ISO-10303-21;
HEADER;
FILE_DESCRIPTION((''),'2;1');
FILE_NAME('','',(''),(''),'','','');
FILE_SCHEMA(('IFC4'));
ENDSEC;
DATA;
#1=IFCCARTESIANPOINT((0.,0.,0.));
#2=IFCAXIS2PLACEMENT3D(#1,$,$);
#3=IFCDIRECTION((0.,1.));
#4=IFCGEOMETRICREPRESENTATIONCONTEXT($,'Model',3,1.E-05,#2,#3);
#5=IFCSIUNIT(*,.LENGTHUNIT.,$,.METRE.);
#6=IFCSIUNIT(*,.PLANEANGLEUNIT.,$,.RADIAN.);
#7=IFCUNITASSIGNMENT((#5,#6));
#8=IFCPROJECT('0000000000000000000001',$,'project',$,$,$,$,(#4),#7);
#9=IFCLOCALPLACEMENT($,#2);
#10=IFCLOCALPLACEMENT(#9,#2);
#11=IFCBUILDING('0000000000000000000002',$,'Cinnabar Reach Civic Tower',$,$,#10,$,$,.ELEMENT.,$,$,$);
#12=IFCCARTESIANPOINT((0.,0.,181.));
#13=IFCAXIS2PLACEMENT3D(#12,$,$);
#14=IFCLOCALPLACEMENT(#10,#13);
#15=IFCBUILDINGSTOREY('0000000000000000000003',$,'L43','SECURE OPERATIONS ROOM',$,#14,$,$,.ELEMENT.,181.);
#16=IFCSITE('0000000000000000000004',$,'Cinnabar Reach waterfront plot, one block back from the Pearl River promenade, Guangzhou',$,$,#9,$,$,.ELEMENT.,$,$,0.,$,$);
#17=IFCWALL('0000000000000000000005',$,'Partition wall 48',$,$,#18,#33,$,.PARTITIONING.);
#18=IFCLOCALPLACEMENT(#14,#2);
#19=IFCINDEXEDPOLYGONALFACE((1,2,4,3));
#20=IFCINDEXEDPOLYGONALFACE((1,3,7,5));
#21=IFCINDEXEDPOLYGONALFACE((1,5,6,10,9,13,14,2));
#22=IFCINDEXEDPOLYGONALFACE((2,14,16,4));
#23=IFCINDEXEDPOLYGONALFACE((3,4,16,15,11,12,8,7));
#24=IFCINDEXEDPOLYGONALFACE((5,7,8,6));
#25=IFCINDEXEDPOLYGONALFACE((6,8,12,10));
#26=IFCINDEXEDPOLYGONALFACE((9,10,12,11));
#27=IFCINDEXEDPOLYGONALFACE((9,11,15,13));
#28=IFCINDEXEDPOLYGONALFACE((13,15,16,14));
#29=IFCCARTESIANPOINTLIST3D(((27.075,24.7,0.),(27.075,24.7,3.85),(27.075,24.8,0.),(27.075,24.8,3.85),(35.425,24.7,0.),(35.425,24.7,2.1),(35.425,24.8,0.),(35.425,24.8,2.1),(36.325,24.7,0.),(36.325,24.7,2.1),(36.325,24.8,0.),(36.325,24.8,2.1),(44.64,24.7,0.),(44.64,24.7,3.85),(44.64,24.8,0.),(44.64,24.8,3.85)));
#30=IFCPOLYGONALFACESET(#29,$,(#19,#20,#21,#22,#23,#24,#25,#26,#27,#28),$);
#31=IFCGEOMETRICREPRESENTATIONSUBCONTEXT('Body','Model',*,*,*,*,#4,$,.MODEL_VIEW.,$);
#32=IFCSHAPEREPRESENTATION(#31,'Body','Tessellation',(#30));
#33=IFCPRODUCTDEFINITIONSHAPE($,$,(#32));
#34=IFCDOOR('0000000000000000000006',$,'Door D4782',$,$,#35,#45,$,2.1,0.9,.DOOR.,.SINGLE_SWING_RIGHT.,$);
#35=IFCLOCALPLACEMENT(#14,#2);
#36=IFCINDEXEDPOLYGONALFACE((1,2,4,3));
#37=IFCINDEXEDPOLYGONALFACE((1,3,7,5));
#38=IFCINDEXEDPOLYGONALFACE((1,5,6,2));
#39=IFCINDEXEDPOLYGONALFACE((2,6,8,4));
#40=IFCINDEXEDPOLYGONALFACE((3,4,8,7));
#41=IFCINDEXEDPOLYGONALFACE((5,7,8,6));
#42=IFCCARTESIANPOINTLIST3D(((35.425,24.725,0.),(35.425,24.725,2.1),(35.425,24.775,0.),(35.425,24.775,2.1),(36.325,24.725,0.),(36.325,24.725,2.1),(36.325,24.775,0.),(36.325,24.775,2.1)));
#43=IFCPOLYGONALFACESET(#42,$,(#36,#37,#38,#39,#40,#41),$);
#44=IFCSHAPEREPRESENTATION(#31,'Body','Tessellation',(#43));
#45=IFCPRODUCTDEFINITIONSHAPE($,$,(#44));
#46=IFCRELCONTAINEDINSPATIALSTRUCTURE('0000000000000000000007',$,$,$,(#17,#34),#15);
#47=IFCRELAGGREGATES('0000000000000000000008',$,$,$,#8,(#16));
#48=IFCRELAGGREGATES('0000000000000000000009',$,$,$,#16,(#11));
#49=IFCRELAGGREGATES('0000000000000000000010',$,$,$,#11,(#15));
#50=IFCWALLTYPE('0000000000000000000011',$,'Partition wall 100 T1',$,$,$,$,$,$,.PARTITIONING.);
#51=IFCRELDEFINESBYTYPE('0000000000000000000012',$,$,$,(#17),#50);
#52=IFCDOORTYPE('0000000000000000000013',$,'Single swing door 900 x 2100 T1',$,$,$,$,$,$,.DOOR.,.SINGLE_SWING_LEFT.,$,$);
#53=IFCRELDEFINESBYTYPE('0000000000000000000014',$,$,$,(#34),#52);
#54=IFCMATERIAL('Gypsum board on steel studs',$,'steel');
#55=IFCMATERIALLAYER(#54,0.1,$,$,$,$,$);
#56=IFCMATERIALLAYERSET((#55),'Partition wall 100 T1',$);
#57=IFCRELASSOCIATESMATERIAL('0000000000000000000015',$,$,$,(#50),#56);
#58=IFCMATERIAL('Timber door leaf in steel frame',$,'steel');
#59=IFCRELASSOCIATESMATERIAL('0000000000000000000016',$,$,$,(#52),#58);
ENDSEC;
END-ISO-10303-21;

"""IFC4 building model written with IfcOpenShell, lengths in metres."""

from ifc_helpers import new_model, si_unit, direction, frame, frame_2d, origin, place, context, subcontext, project, spatial, rectangle, extrude, material, layer, layer_set, type_object, element, fill, save


model = new_model("IFC4")

# Units and contexts
model_context = context("Model", 3, precision=1e-05, world=origin(), true_north=direction((0.0, 1.0)))
body_context = subcontext(model_context, "Body", "Model", "MODEL_VIEW")
ifc_project = project(units=[si_unit("LENGTHUNIT", "METRE"), si_unit("PLANEANGLEUNIT", "RADIAN")], contexts=[model_context])

# Site, building, storey
site_placement = place(None, origin())
site = spatial("IfcSite", under=ifc_project, at=site_placement, Name="Cinnabar Reach waterfront plot, one block back from the Pearl River promenade, Guangzhou", CompositionType="ELEMENT", RefElevation=0.0)
building_placement = place(site_placement, origin())
building = spatial("IfcBuilding", under=site, at=building_placement, Name="Cinnabar Reach Civic Tower", CompositionType="ELEMENT")
storey_placement = place(building_placement, frame((0.0, 0.0, 181.0)))
storey = spatial("IfcBuildingStorey", under=building, at=storey_placement, Name="L43", Description="SECURE OPERATIONS ROOM", CompositionType="ELEMENT", Elevation=181.0)

# Shared definitions
ifc_material_1 = material(Name="Timber door leaf in steel frame", Category="steel")

# Wall, opening, door
ifc_material_2 = material(Name="Gypsum board on steel studs", Category="steel")
ifc_layer_1 = layer(ifc_material_2, 0.1)
ifc_layer_set_1 = layer_set([ifc_layer_1], Name="Partition wall 100 T1")
wall_type_1 = type_object("IfcWallType", Name="Partition wall 100 T1", PredefinedType="PARTITIONING", material=ifc_layer_set_1)
wall_1_placement = place(storey_placement, frame((27.075, 24.75, 0.0), z_axis=(0.0, 0.0, 1.0), x_axis=(1.0, 0.0, 0.0)))
wall_1 = element("IfcWall", 1, at=wall_1_placement, inside=storey, type_object=wall_type_1, Name="Partition wall 48", PredefinedType="PARTITIONING", context=body_context, shape_type="SweptSolid", body=[
    extrude(rectangle(XDim=17.565, YDim=0.1, at=frame_2d((8.7825, 0.0))), origin(), (0.0, 0.0, 1.0), 3.85),
])
opening_1_placement = place(wall_1_placement, frame((8.35, 0.0, 0.0)))
opening_1 = element("IfcOpeningElement", 2, at=opening_1_placement, cuts=wall_1, PredefinedType="OPENING", context=body_context, shape_type="SweptSolid", body=[
    extrude(rectangle(XDim=0.9, YDim=2.1, at=frame_2d((0.45, 1.05))), frame((0.0, 0.06, 0.0), z_axis=(0.0, -1.0, 0.0), x_axis=(1.0, 0.0, 0.0)), (0.0, 0.0, 1.0), 0.12),
])
door_type_1 = type_object("IfcDoorType", Name="Single swing door 900 x 2100 T1", OperationType="SINGLE_SWING_LEFT", PredefinedType="DOOR", material=ifc_material_1)
door_1_placement = place(opening_1_placement, frame((0.9, 0.0, 0.0), z_axis=(0.0, 0.0, 1.0), x_axis=(-1.0, 0.0, 0.0)))
door_1 = element("IfcDoor", 3, at=door_1_placement, inside=storey, type_object=door_type_1, Name="Door D4782", OperationType="SINGLE_SWING_RIGHT", OverallHeight=2.1, OverallWidth=0.9, PredefinedType="DOOR", context=body_context, shape_type="SweptSolid", body=[
    extrude(rectangle(XDim=0.9, YDim=2.1, at=frame_2d((0.45, 1.05))), frame((0.0, 0.025, 0.0), z_axis=(0.0, -1.0, 0.0), x_axis=(1.0, 0.0, 0.0)), (0.0, 0.0, 1.0), 0.05),
])
fill(opening_1, door_1)

save(model, "model.ifc")
